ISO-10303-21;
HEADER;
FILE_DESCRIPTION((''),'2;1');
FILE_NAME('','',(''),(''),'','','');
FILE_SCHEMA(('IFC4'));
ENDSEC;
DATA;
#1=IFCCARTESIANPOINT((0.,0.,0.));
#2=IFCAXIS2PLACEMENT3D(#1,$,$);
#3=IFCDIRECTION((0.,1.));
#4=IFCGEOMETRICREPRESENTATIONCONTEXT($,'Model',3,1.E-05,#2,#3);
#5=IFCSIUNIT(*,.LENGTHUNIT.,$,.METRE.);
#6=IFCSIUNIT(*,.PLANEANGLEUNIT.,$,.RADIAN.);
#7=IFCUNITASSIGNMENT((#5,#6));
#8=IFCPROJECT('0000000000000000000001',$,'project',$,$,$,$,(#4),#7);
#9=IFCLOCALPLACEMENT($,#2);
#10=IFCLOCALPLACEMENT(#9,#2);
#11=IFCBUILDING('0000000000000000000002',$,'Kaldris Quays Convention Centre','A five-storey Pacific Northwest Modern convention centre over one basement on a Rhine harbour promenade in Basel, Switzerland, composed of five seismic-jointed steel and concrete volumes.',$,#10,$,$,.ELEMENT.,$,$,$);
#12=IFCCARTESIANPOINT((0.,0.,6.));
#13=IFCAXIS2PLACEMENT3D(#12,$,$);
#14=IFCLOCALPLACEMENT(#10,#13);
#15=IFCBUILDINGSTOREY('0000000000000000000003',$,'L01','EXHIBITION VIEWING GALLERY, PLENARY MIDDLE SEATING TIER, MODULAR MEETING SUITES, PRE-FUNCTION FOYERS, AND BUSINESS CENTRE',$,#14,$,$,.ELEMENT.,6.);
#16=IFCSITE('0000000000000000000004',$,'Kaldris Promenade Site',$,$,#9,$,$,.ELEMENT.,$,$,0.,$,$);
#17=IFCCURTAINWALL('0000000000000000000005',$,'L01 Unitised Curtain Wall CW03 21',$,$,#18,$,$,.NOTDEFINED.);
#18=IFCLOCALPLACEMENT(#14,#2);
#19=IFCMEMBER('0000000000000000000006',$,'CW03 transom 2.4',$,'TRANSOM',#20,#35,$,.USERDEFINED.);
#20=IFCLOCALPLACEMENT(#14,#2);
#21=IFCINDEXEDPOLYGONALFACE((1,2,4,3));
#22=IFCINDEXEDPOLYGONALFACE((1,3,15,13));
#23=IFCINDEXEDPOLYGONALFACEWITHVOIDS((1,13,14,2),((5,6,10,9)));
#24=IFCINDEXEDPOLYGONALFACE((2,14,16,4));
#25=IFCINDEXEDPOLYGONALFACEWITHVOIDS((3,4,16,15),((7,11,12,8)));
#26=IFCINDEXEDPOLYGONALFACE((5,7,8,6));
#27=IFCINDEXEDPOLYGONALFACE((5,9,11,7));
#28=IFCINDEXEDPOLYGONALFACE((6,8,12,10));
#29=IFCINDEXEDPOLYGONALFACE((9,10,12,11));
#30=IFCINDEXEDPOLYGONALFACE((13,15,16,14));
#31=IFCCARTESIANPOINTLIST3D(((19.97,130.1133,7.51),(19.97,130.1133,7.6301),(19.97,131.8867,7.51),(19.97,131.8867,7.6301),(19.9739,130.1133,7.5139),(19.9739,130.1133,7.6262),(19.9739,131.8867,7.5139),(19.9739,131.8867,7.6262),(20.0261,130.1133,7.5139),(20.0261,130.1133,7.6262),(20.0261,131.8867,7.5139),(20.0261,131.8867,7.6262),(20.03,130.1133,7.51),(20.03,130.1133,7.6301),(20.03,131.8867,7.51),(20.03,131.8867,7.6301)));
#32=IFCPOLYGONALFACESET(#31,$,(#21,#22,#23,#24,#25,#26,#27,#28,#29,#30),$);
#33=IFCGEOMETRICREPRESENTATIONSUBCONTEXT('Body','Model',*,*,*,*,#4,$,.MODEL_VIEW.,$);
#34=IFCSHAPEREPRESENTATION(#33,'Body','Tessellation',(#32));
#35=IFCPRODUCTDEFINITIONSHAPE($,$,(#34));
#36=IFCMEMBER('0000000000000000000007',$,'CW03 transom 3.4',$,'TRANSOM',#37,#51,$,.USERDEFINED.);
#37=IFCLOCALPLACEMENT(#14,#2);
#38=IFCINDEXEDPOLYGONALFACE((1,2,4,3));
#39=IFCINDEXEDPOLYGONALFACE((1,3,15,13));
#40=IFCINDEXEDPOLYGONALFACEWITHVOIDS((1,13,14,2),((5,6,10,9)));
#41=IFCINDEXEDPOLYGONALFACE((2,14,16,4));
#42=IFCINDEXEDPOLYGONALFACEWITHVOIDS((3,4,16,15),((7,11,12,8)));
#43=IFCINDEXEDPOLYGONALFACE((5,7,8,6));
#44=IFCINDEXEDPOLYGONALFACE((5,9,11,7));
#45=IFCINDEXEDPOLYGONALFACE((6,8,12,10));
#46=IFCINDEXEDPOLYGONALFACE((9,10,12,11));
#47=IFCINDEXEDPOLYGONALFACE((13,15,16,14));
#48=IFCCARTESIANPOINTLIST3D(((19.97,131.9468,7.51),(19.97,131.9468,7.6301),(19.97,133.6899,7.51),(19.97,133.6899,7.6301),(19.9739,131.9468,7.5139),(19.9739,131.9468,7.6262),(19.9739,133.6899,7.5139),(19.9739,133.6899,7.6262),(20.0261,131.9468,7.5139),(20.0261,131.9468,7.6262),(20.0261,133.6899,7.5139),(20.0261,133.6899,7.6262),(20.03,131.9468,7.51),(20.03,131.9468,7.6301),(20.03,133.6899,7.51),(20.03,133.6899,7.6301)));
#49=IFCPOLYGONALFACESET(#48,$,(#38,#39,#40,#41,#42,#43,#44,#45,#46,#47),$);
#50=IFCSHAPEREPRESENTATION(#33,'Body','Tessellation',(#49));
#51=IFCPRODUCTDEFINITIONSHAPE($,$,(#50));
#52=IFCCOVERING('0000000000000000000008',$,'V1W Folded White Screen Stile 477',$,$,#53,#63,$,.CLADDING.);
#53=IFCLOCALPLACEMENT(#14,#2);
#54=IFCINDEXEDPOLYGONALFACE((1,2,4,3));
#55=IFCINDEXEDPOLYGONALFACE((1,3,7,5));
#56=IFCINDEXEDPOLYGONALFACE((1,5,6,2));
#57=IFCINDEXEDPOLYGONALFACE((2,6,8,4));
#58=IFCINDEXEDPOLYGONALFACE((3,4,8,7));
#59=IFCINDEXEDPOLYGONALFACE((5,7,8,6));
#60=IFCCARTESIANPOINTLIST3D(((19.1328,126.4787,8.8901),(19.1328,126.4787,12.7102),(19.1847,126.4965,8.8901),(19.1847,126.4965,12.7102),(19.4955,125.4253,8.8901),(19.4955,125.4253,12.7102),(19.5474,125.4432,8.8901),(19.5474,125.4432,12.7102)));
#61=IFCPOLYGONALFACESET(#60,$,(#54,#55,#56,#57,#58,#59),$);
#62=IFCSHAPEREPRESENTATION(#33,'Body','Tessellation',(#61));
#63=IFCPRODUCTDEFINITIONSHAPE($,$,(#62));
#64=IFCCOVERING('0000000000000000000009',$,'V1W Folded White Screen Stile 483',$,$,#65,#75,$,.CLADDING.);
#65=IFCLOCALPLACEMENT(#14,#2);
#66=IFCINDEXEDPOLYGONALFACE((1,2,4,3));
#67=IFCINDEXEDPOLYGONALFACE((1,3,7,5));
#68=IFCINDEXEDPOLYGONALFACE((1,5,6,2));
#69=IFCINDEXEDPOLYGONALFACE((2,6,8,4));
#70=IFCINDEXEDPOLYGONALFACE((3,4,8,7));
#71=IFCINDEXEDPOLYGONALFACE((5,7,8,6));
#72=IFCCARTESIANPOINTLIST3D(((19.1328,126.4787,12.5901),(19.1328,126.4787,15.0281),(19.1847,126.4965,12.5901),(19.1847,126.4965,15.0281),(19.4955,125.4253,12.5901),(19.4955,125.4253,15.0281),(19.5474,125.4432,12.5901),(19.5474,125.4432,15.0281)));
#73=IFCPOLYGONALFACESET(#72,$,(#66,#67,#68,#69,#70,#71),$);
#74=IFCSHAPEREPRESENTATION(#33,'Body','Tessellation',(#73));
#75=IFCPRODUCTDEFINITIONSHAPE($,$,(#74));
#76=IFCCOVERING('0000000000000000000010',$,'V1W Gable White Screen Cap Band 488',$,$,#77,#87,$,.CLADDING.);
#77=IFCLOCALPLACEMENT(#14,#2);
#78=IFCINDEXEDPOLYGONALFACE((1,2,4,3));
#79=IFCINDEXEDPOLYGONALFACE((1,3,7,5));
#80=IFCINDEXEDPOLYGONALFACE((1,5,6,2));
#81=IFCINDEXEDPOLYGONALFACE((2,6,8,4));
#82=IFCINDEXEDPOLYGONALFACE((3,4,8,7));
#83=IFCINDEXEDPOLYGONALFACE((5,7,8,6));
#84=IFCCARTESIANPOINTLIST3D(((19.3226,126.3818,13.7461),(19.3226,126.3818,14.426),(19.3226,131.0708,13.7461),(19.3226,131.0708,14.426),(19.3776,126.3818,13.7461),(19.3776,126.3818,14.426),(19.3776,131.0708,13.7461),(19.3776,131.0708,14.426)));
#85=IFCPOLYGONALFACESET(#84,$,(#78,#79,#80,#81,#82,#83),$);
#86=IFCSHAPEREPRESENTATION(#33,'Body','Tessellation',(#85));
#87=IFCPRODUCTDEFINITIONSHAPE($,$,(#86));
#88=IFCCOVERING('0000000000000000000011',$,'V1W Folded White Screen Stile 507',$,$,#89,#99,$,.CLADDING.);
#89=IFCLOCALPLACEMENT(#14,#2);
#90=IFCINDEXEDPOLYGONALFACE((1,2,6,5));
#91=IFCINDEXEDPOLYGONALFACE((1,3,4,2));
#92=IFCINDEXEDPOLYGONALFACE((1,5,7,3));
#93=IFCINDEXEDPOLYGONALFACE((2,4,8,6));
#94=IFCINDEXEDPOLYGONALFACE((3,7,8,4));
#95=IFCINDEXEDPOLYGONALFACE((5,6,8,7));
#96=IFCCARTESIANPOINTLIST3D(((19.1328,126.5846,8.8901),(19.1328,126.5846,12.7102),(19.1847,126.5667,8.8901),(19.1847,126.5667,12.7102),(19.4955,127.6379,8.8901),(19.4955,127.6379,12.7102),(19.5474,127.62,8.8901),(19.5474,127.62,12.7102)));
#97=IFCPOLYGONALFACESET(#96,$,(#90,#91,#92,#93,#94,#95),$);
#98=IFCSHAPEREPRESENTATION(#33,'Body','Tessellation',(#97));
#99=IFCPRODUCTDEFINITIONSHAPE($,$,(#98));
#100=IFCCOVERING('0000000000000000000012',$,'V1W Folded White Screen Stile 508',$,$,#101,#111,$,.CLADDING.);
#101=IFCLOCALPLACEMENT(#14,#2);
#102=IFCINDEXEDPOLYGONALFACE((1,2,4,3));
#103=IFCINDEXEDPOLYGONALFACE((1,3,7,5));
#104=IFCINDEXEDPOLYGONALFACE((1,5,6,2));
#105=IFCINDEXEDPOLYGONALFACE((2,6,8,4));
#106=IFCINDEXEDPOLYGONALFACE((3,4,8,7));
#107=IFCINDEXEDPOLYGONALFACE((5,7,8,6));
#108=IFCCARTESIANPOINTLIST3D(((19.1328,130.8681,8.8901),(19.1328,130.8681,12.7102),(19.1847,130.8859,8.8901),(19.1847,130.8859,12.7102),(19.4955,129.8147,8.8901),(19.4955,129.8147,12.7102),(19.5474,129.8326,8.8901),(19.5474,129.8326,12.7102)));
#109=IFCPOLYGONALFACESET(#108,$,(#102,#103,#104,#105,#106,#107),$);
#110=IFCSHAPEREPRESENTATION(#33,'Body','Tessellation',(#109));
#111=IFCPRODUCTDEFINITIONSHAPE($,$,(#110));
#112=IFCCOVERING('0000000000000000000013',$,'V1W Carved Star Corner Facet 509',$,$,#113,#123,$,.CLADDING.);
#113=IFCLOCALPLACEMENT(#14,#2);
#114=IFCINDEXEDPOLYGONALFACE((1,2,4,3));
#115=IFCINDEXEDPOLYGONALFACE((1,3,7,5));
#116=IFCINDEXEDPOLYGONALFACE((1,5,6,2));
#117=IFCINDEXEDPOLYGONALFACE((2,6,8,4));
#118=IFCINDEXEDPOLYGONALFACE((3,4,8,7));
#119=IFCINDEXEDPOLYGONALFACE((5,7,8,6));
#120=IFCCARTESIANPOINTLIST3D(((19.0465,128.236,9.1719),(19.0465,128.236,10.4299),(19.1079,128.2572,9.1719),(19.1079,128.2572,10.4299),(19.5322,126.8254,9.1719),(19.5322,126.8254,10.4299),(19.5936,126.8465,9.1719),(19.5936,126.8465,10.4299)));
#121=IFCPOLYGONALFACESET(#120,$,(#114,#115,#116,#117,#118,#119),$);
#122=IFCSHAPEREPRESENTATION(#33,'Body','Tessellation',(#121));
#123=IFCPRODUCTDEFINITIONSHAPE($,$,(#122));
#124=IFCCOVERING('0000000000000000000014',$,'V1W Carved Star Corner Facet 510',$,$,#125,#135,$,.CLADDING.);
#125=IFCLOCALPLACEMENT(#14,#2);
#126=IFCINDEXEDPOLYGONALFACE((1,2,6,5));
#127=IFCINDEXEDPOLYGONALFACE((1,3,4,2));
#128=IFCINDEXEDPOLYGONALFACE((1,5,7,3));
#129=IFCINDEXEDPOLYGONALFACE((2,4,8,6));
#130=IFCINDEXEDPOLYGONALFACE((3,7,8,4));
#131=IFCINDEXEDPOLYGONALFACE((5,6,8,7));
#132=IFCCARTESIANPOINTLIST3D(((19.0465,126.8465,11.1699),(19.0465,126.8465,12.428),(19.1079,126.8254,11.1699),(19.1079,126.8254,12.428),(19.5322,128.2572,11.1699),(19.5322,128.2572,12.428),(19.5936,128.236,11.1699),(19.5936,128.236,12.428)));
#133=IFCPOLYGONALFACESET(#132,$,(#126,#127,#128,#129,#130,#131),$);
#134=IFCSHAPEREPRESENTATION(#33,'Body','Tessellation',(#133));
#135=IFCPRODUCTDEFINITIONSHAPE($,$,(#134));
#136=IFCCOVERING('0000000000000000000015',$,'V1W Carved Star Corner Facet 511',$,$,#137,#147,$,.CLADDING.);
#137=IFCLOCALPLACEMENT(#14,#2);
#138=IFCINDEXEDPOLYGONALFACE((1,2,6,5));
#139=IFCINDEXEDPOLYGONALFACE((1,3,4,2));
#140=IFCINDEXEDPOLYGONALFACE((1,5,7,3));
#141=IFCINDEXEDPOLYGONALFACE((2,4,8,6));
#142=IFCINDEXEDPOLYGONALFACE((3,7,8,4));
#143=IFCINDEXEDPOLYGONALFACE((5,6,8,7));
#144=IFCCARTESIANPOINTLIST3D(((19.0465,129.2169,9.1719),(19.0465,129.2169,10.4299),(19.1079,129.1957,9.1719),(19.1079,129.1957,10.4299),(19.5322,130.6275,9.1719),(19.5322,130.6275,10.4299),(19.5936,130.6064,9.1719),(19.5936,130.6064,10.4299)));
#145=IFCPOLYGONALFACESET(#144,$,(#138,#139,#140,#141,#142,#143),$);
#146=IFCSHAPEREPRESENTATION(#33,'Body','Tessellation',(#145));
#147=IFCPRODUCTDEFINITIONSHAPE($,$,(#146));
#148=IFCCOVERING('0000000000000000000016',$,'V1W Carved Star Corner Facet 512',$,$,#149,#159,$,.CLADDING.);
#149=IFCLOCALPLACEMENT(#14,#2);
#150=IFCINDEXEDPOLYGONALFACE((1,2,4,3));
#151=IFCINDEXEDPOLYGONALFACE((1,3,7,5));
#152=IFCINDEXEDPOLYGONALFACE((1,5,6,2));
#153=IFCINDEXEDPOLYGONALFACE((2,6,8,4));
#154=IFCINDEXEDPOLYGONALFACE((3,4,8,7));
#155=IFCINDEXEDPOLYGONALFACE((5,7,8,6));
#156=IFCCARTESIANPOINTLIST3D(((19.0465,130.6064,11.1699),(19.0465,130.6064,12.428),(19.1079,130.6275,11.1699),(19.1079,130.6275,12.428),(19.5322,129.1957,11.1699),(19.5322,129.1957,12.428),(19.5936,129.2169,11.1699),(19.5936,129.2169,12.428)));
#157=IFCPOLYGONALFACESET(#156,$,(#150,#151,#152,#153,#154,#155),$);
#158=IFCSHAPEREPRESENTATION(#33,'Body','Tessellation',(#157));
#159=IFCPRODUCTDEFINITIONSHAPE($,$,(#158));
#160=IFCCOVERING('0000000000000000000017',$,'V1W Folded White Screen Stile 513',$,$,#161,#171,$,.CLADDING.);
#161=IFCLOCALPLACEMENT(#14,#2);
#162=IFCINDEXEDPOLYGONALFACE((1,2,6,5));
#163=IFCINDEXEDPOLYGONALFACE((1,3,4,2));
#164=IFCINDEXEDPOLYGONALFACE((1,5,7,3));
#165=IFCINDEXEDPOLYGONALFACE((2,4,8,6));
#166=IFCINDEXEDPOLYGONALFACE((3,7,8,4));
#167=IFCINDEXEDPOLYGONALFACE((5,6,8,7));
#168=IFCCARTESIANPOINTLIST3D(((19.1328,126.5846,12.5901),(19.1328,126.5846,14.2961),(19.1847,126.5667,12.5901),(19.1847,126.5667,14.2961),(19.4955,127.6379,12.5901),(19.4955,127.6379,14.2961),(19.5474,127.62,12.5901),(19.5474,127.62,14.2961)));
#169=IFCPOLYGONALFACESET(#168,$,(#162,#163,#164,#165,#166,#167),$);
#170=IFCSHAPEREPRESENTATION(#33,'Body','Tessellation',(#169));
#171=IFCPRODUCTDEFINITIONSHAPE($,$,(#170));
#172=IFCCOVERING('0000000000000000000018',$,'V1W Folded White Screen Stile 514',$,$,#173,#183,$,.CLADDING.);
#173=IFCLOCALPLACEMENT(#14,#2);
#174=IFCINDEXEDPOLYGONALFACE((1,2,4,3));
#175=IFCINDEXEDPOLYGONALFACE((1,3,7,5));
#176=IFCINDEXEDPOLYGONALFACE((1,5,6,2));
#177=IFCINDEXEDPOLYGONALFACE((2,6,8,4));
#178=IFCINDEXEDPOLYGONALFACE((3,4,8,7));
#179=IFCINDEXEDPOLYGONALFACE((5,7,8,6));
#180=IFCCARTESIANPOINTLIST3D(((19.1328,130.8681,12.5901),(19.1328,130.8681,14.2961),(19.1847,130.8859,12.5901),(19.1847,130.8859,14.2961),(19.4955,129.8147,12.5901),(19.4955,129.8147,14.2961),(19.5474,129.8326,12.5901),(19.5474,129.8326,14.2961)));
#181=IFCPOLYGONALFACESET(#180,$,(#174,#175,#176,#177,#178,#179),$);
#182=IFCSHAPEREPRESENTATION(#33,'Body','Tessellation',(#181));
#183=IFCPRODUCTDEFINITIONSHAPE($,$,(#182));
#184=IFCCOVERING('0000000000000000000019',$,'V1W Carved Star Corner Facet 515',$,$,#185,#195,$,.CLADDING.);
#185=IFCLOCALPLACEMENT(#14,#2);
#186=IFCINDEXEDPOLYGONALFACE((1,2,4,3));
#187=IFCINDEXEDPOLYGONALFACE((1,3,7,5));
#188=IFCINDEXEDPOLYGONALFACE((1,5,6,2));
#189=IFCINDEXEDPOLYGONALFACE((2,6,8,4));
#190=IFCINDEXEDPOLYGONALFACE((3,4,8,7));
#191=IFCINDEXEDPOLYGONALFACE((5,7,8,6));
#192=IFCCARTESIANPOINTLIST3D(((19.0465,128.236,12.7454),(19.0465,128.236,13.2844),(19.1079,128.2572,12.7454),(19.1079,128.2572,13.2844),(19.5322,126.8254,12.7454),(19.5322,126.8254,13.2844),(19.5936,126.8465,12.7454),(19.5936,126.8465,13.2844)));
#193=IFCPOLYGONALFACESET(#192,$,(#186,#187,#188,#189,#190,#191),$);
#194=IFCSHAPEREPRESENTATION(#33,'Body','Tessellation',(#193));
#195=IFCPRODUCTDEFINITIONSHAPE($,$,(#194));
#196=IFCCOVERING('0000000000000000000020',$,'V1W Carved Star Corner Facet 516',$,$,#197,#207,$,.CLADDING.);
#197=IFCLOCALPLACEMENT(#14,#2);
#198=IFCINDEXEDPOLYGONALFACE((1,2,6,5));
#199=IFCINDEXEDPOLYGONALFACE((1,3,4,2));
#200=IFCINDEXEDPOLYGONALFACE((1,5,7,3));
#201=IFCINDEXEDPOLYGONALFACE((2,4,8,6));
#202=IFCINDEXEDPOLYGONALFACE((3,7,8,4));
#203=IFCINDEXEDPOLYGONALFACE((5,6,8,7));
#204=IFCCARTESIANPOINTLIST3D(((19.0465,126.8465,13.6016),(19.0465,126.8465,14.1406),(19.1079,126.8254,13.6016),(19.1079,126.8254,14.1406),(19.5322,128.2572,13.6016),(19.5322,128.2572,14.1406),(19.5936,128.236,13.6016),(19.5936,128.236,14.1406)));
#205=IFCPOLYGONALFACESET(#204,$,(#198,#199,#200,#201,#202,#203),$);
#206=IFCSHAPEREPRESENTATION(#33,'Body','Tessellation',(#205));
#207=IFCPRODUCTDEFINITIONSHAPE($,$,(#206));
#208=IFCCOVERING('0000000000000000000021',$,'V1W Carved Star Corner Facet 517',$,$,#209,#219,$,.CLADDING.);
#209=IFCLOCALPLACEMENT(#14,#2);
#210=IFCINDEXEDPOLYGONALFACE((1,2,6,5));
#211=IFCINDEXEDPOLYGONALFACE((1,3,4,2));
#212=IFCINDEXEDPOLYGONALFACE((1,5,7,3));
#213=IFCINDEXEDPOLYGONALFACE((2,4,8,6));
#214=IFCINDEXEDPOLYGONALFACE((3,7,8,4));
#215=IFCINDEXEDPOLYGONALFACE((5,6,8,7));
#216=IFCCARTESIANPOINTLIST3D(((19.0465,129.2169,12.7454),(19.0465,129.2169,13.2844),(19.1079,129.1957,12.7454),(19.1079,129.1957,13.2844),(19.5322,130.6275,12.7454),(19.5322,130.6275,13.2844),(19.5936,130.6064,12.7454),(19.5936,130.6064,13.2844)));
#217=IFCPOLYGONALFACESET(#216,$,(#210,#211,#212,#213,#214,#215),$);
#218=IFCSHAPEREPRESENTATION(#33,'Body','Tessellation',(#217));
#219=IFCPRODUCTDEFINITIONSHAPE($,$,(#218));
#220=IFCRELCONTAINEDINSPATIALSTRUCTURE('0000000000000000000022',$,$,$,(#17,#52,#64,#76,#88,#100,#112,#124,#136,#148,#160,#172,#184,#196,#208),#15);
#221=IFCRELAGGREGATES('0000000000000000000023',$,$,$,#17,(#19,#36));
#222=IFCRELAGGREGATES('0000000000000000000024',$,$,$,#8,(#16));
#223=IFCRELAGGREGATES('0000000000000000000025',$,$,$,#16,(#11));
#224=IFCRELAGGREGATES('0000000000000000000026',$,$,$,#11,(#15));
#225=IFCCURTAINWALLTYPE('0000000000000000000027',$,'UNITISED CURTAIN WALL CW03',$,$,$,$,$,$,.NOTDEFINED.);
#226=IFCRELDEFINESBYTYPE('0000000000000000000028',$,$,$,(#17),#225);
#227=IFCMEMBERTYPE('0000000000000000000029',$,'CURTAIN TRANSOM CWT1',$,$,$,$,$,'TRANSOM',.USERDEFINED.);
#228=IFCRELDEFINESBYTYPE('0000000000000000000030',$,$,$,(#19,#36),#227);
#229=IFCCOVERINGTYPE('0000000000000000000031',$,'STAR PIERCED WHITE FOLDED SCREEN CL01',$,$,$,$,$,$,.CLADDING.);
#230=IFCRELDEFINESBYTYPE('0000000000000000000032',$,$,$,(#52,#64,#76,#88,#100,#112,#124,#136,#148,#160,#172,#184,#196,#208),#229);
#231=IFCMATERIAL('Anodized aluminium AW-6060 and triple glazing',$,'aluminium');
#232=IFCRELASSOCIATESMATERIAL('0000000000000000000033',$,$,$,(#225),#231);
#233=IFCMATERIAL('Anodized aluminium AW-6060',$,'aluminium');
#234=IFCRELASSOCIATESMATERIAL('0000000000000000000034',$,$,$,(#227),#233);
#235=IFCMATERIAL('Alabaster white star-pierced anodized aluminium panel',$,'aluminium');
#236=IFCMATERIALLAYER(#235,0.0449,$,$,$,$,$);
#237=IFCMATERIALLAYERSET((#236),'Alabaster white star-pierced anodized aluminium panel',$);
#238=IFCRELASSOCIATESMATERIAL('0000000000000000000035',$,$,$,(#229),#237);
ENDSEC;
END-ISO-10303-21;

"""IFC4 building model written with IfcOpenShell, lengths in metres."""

from ifc_helpers import new_model, si_unit, direction, frame, origin, origin_2d, place, context, subcontext, project, spatial, rectangle, hollow_rectangle, extrude, material, layer, layer_set, material_profile, profile_set, type_object, element, aggregate, save


model = new_model("IFC4")

# Units and contexts
model_context = context("Model", 3, precision=1e-05, world=origin(), true_north=direction((0.0, 1.0)))
body_context = subcontext(model_context, "Body", "Model", "MODEL_VIEW")
ifc_project = project(units=[si_unit("LENGTHUNIT", "METRE"), si_unit("PLANEANGLEUNIT", "RADIAN")], contexts=[model_context])

# Site, building, storey
site_placement = place(None, origin())
site = spatial("IfcSite", under=ifc_project, at=site_placement, Name="Kaldris Promenade Site", CompositionType="ELEMENT", RefElevation=0.0)
building_placement = place(site_placement, origin())
building = spatial("IfcBuilding", under=site, at=building_placement, Name="Kaldris Quays Convention Centre", Description="A five-storey Pacific Northwest Modern convention centre over one basement on a Rhine harbour promenade in Basel, Switzerland, composed of five seismic-jointed steel and concrete volumes.", CompositionType="ELEMENT")
storey_placement = place(building_placement, frame((0.0, 0.0, 6.0)))
storey = spatial("IfcBuildingStorey", under=building, at=storey_placement, Name="L01", Description="EXHIBITION VIEWING GALLERY, PLENARY MIDDLE SEATING TIER, MODULAR MEETING SUITES, PRE-FUNCTION FOYERS, AND BUSINESS CENTRE", CompositionType="ELEMENT", Elevation=6.0)

# Curtain wall, members
ifc_material_1 = material(Name="Anodized aluminium AW-6060 and triple glazing", Category="aluminium")
curtain_wall_type = type_object("IfcCurtainWallType", Name="UNITISED CURTAIN WALL CW03", PredefinedType="NOTDEFINED", material=ifc_material_1)
curtain_wall_placement = place(storey_placement, origin())
curtain_wall = element("IfcCurtainWall", 1, at=curtain_wall_placement, inside=storey, type_object=curtain_wall_type, Name="L01 Unitised Curtain Wall CW03 21", PredefinedType="NOTDEFINED")
ifc_material_2 = material(Name="Anodized aluminium AW-6060", Category="aluminium")
ifc_material_profile = material_profile(ifc_material_2, hollow_rectangle(XDim=0.0601, YDim=0.1201, WallThickness=0.0039, at=origin_2d()), Name="RHS 120x60x4")
ifc_profile_set = profile_set([ifc_material_profile], Name="Anodized aluminium AW-6060")
member_type = type_object("IfcMemberType", Name="CURTAIN TRANSOM CWT1", ElementType="TRANSOM", PredefinedType="USERDEFINED", material=ifc_profile_set)
member_1_placement = place(storey_placement, frame((20.0, 130.1133, 7.5701), z_axis=(0.0, 1.0, 0.0), x_axis=(-1.0, 0.0, 0.0)))
member_1 = element("IfcMember", 2, at=member_1_placement, type_object=member_type, Name="CW03 transom 2.4", ObjectType="TRANSOM", PredefinedType="USERDEFINED", context=body_context, shape_type="SweptSolid", body=[
    extrude(hollow_rectangle(XDim=0.0601, YDim=0.1201, WallThickness=0.0039, at=origin_2d()), origin(), (0.0, 0.0, 1.0), 1.7734),
])
member_2_placement = place(storey_placement, frame((20.0, 131.9468, 7.5701), z_axis=(0.0, 1.0, 0.0), x_axis=(-1.0, 0.0, 0.0)))
member_2 = element("IfcMember", 3, at=member_2_placement, type_object=member_type, Name="CW03 transom 3.4", ObjectType="TRANSOM", PredefinedType="USERDEFINED", context=body_context, shape_type="SweptSolid", body=[
    extrude(hollow_rectangle(XDim=0.0601, YDim=0.1201, WallThickness=0.0039, at=origin_2d()), origin(), (0.0, 0.0, 1.0), 1.7432),
])
aggregate(curtain_wall, [member_1, member_2])

# Coverings
ifc_material_3 = material(Name="Alabaster white star-pierced anodized aluminium panel", Category="aluminium")
ifc_layer = layer(ifc_material_3, 0.0449)
ifc_layer_set = layer_set([ifc_layer], Name="Alabaster white star-pierced anodized aluminium panel")
covering_type = type_object("IfcCoveringType", Name="STAR PIERCED WHITE FOLDED SCREEN CL01", PredefinedType="CLADDING", material=ifc_layer_set)
covering_1_placement = place(storey_placement, frame((19.3401, 125.9609, 8.8901), z_axis=(0.0, 0.0, 1.0), x_axis=(-0.325568, 0.945519, 0.0)))
element("IfcCovering", 4, at=covering_1_placement, inside=storey, type_object=covering_type, Name="V1W Folded White Screen Stile 477", PredefinedType="CLADDING", context=body_context, shape_type="SweptSolid", body=[
    extrude(rectangle(XDim=1.114, YDim=0.0549, at=origin_2d()), origin(), (0.0, 0.0, 1.0), 3.8201),
])
covering_2_placement = place(storey_placement, frame((19.3401, 125.9609, 12.5901), z_axis=(0.0, 0.0, 1.0), x_axis=(-0.325568, 0.945519, 0.0)))
element("IfcCovering", 5, at=covering_2_placement, inside=storey, type_object=covering_type, Name="V1W Folded White Screen Stile 483", PredefinedType="CLADDING", context=body_context, shape_type="SweptSolid", body=[
    extrude(rectangle(XDim=1.114, YDim=0.0549, at=origin_2d()), origin(), (0.0, 0.0, 1.0), 2.438),
])
covering_3_placement = place(storey_placement, frame((19.3501, 128.7263, 13.7461), z_axis=(0.0, 0.0, 1.0), x_axis=(0.0, 1.0, 0.0)))
element("IfcCovering", 6, at=covering_3_placement, inside=storey, type_object=covering_type, Name="V1W Gable White Screen Cap Band 488", PredefinedType="CLADDING", context=body_context, shape_type="SweptSolid", body=[
    extrude(rectangle(XDim=4.689, YDim=0.0549, at=origin_2d()), origin(), (0.0, 0.0, 1.0), 0.6799),
])
for number, where, z_axis, x_axis, name in (
    (7, (19.3401, 127.1023, 8.8901), (0.0, 0.0, 1.0), (0.325568, 0.945519, 0.0), "V1W Folded White Screen Stile 507"),
    (8, (19.3401, 130.3503, 8.8901), (0.0, 0.0, 1.0), (-0.325568, 0.945519, 0.0), "V1W Folded White Screen Stile 508"),
):
    element("IfcCovering", number, at=place(storey_placement, frame(where, z_axis=z_axis, x_axis=x_axis)), inside=storey, type_object=covering_type, Name=name, PredefinedType="CLADDING", context=body_context, shape_type="SweptSolid", body=[
        extrude(rectangle(XDim=1.114, YDim=0.0549, at=origin_2d()), origin(), (0.0, 0.0, 1.0), 3.8201),
    ])
for number, where, z_axis, x_axis, name in (
    (9, (19.3201, 127.5413, 9.1719), (0.0, 0.0, 1.0), (-0.325568, 0.945519, 0.0), "V1W Carved Star Corner Facet 509"),
    (10, (19.3201, 127.5413, 11.1699), (0.0, 0.0, 1.0), (0.325568, 0.945519, 0.0), "V1W Carved Star Corner Facet 510"),
    (11, (19.3201, 129.9116, 9.1719), (0.0, 0.0, 1.0), (0.325568, 0.945519, 0.0), "V1W Carved Star Corner Facet 511"),
    (12, (19.3201, 129.9116, 11.1699), (0.0, 0.0, 1.0), (-0.325568, 0.945519, 0.0), "V1W Carved Star Corner Facet 512"),
):
    element("IfcCovering", number, at=place(storey_placement, frame(where, z_axis=z_axis, x_axis=x_axis)), inside=storey, type_object=covering_type, Name=name, PredefinedType="CLADDING", context=body_context, shape_type="SweptSolid", body=[
        extrude(rectangle(XDim=1.4919, YDim=0.0649, at=origin_2d()), origin(), (0.0, 0.0, 1.0), 1.2581),
    ])
for number, where, z_axis, x_axis, name in (
    (13, (19.3401, 127.1023, 12.5901), (0.0, 0.0, 1.0), (0.325568, 0.945519, 0.0), "V1W Folded White Screen Stile 513"),
    (14, (19.3401, 130.3503, 12.5901), (0.0, 0.0, 1.0), (-0.325568, 0.945519, 0.0), "V1W Folded White Screen Stile 514"),
):
    element("IfcCovering", number, at=place(storey_placement, frame(where, z_axis=z_axis, x_axis=x_axis)), inside=storey, type_object=covering_type, Name=name, PredefinedType="CLADDING", context=body_context, shape_type="SweptSolid", body=[
        extrude(rectangle(XDim=1.114, YDim=0.0549, at=origin_2d()), origin(), (0.0, 0.0, 1.0), 1.7061),
    ])
for number, where, z_axis, x_axis, name in (
    (15, (19.3201, 127.5413, 12.7454), (0.0, 0.0, 1.0), (-0.325568, 0.945519, 0.0), "V1W Carved Star Corner Facet 515"),
    (16, (19.3201, 127.5413, 13.6016), (0.0, 0.0, 1.0), (0.325568, 0.945519, 0.0), "V1W Carved Star Corner Facet 516"),
    (17, (19.3201, 129.9116, 12.7454), (0.0, 0.0, 1.0), (0.325568, 0.945519, 0.0), "V1W Carved Star Corner Facet 517"),
):
    element("IfcCovering", number, at=place(storey_placement, frame(where, z_axis=z_axis, x_axis=x_axis)), inside=storey, type_object=covering_type, Name=name, PredefinedType="CLADDING", context=body_context, shape_type="SweptSolid", body=[
        extrude(rectangle(XDim=1.4919, YDim=0.0649, at=origin_2d()), origin(), (0.0, 0.0, 1.0), 0.5391),
    ])

save(model, "model.ifc")
